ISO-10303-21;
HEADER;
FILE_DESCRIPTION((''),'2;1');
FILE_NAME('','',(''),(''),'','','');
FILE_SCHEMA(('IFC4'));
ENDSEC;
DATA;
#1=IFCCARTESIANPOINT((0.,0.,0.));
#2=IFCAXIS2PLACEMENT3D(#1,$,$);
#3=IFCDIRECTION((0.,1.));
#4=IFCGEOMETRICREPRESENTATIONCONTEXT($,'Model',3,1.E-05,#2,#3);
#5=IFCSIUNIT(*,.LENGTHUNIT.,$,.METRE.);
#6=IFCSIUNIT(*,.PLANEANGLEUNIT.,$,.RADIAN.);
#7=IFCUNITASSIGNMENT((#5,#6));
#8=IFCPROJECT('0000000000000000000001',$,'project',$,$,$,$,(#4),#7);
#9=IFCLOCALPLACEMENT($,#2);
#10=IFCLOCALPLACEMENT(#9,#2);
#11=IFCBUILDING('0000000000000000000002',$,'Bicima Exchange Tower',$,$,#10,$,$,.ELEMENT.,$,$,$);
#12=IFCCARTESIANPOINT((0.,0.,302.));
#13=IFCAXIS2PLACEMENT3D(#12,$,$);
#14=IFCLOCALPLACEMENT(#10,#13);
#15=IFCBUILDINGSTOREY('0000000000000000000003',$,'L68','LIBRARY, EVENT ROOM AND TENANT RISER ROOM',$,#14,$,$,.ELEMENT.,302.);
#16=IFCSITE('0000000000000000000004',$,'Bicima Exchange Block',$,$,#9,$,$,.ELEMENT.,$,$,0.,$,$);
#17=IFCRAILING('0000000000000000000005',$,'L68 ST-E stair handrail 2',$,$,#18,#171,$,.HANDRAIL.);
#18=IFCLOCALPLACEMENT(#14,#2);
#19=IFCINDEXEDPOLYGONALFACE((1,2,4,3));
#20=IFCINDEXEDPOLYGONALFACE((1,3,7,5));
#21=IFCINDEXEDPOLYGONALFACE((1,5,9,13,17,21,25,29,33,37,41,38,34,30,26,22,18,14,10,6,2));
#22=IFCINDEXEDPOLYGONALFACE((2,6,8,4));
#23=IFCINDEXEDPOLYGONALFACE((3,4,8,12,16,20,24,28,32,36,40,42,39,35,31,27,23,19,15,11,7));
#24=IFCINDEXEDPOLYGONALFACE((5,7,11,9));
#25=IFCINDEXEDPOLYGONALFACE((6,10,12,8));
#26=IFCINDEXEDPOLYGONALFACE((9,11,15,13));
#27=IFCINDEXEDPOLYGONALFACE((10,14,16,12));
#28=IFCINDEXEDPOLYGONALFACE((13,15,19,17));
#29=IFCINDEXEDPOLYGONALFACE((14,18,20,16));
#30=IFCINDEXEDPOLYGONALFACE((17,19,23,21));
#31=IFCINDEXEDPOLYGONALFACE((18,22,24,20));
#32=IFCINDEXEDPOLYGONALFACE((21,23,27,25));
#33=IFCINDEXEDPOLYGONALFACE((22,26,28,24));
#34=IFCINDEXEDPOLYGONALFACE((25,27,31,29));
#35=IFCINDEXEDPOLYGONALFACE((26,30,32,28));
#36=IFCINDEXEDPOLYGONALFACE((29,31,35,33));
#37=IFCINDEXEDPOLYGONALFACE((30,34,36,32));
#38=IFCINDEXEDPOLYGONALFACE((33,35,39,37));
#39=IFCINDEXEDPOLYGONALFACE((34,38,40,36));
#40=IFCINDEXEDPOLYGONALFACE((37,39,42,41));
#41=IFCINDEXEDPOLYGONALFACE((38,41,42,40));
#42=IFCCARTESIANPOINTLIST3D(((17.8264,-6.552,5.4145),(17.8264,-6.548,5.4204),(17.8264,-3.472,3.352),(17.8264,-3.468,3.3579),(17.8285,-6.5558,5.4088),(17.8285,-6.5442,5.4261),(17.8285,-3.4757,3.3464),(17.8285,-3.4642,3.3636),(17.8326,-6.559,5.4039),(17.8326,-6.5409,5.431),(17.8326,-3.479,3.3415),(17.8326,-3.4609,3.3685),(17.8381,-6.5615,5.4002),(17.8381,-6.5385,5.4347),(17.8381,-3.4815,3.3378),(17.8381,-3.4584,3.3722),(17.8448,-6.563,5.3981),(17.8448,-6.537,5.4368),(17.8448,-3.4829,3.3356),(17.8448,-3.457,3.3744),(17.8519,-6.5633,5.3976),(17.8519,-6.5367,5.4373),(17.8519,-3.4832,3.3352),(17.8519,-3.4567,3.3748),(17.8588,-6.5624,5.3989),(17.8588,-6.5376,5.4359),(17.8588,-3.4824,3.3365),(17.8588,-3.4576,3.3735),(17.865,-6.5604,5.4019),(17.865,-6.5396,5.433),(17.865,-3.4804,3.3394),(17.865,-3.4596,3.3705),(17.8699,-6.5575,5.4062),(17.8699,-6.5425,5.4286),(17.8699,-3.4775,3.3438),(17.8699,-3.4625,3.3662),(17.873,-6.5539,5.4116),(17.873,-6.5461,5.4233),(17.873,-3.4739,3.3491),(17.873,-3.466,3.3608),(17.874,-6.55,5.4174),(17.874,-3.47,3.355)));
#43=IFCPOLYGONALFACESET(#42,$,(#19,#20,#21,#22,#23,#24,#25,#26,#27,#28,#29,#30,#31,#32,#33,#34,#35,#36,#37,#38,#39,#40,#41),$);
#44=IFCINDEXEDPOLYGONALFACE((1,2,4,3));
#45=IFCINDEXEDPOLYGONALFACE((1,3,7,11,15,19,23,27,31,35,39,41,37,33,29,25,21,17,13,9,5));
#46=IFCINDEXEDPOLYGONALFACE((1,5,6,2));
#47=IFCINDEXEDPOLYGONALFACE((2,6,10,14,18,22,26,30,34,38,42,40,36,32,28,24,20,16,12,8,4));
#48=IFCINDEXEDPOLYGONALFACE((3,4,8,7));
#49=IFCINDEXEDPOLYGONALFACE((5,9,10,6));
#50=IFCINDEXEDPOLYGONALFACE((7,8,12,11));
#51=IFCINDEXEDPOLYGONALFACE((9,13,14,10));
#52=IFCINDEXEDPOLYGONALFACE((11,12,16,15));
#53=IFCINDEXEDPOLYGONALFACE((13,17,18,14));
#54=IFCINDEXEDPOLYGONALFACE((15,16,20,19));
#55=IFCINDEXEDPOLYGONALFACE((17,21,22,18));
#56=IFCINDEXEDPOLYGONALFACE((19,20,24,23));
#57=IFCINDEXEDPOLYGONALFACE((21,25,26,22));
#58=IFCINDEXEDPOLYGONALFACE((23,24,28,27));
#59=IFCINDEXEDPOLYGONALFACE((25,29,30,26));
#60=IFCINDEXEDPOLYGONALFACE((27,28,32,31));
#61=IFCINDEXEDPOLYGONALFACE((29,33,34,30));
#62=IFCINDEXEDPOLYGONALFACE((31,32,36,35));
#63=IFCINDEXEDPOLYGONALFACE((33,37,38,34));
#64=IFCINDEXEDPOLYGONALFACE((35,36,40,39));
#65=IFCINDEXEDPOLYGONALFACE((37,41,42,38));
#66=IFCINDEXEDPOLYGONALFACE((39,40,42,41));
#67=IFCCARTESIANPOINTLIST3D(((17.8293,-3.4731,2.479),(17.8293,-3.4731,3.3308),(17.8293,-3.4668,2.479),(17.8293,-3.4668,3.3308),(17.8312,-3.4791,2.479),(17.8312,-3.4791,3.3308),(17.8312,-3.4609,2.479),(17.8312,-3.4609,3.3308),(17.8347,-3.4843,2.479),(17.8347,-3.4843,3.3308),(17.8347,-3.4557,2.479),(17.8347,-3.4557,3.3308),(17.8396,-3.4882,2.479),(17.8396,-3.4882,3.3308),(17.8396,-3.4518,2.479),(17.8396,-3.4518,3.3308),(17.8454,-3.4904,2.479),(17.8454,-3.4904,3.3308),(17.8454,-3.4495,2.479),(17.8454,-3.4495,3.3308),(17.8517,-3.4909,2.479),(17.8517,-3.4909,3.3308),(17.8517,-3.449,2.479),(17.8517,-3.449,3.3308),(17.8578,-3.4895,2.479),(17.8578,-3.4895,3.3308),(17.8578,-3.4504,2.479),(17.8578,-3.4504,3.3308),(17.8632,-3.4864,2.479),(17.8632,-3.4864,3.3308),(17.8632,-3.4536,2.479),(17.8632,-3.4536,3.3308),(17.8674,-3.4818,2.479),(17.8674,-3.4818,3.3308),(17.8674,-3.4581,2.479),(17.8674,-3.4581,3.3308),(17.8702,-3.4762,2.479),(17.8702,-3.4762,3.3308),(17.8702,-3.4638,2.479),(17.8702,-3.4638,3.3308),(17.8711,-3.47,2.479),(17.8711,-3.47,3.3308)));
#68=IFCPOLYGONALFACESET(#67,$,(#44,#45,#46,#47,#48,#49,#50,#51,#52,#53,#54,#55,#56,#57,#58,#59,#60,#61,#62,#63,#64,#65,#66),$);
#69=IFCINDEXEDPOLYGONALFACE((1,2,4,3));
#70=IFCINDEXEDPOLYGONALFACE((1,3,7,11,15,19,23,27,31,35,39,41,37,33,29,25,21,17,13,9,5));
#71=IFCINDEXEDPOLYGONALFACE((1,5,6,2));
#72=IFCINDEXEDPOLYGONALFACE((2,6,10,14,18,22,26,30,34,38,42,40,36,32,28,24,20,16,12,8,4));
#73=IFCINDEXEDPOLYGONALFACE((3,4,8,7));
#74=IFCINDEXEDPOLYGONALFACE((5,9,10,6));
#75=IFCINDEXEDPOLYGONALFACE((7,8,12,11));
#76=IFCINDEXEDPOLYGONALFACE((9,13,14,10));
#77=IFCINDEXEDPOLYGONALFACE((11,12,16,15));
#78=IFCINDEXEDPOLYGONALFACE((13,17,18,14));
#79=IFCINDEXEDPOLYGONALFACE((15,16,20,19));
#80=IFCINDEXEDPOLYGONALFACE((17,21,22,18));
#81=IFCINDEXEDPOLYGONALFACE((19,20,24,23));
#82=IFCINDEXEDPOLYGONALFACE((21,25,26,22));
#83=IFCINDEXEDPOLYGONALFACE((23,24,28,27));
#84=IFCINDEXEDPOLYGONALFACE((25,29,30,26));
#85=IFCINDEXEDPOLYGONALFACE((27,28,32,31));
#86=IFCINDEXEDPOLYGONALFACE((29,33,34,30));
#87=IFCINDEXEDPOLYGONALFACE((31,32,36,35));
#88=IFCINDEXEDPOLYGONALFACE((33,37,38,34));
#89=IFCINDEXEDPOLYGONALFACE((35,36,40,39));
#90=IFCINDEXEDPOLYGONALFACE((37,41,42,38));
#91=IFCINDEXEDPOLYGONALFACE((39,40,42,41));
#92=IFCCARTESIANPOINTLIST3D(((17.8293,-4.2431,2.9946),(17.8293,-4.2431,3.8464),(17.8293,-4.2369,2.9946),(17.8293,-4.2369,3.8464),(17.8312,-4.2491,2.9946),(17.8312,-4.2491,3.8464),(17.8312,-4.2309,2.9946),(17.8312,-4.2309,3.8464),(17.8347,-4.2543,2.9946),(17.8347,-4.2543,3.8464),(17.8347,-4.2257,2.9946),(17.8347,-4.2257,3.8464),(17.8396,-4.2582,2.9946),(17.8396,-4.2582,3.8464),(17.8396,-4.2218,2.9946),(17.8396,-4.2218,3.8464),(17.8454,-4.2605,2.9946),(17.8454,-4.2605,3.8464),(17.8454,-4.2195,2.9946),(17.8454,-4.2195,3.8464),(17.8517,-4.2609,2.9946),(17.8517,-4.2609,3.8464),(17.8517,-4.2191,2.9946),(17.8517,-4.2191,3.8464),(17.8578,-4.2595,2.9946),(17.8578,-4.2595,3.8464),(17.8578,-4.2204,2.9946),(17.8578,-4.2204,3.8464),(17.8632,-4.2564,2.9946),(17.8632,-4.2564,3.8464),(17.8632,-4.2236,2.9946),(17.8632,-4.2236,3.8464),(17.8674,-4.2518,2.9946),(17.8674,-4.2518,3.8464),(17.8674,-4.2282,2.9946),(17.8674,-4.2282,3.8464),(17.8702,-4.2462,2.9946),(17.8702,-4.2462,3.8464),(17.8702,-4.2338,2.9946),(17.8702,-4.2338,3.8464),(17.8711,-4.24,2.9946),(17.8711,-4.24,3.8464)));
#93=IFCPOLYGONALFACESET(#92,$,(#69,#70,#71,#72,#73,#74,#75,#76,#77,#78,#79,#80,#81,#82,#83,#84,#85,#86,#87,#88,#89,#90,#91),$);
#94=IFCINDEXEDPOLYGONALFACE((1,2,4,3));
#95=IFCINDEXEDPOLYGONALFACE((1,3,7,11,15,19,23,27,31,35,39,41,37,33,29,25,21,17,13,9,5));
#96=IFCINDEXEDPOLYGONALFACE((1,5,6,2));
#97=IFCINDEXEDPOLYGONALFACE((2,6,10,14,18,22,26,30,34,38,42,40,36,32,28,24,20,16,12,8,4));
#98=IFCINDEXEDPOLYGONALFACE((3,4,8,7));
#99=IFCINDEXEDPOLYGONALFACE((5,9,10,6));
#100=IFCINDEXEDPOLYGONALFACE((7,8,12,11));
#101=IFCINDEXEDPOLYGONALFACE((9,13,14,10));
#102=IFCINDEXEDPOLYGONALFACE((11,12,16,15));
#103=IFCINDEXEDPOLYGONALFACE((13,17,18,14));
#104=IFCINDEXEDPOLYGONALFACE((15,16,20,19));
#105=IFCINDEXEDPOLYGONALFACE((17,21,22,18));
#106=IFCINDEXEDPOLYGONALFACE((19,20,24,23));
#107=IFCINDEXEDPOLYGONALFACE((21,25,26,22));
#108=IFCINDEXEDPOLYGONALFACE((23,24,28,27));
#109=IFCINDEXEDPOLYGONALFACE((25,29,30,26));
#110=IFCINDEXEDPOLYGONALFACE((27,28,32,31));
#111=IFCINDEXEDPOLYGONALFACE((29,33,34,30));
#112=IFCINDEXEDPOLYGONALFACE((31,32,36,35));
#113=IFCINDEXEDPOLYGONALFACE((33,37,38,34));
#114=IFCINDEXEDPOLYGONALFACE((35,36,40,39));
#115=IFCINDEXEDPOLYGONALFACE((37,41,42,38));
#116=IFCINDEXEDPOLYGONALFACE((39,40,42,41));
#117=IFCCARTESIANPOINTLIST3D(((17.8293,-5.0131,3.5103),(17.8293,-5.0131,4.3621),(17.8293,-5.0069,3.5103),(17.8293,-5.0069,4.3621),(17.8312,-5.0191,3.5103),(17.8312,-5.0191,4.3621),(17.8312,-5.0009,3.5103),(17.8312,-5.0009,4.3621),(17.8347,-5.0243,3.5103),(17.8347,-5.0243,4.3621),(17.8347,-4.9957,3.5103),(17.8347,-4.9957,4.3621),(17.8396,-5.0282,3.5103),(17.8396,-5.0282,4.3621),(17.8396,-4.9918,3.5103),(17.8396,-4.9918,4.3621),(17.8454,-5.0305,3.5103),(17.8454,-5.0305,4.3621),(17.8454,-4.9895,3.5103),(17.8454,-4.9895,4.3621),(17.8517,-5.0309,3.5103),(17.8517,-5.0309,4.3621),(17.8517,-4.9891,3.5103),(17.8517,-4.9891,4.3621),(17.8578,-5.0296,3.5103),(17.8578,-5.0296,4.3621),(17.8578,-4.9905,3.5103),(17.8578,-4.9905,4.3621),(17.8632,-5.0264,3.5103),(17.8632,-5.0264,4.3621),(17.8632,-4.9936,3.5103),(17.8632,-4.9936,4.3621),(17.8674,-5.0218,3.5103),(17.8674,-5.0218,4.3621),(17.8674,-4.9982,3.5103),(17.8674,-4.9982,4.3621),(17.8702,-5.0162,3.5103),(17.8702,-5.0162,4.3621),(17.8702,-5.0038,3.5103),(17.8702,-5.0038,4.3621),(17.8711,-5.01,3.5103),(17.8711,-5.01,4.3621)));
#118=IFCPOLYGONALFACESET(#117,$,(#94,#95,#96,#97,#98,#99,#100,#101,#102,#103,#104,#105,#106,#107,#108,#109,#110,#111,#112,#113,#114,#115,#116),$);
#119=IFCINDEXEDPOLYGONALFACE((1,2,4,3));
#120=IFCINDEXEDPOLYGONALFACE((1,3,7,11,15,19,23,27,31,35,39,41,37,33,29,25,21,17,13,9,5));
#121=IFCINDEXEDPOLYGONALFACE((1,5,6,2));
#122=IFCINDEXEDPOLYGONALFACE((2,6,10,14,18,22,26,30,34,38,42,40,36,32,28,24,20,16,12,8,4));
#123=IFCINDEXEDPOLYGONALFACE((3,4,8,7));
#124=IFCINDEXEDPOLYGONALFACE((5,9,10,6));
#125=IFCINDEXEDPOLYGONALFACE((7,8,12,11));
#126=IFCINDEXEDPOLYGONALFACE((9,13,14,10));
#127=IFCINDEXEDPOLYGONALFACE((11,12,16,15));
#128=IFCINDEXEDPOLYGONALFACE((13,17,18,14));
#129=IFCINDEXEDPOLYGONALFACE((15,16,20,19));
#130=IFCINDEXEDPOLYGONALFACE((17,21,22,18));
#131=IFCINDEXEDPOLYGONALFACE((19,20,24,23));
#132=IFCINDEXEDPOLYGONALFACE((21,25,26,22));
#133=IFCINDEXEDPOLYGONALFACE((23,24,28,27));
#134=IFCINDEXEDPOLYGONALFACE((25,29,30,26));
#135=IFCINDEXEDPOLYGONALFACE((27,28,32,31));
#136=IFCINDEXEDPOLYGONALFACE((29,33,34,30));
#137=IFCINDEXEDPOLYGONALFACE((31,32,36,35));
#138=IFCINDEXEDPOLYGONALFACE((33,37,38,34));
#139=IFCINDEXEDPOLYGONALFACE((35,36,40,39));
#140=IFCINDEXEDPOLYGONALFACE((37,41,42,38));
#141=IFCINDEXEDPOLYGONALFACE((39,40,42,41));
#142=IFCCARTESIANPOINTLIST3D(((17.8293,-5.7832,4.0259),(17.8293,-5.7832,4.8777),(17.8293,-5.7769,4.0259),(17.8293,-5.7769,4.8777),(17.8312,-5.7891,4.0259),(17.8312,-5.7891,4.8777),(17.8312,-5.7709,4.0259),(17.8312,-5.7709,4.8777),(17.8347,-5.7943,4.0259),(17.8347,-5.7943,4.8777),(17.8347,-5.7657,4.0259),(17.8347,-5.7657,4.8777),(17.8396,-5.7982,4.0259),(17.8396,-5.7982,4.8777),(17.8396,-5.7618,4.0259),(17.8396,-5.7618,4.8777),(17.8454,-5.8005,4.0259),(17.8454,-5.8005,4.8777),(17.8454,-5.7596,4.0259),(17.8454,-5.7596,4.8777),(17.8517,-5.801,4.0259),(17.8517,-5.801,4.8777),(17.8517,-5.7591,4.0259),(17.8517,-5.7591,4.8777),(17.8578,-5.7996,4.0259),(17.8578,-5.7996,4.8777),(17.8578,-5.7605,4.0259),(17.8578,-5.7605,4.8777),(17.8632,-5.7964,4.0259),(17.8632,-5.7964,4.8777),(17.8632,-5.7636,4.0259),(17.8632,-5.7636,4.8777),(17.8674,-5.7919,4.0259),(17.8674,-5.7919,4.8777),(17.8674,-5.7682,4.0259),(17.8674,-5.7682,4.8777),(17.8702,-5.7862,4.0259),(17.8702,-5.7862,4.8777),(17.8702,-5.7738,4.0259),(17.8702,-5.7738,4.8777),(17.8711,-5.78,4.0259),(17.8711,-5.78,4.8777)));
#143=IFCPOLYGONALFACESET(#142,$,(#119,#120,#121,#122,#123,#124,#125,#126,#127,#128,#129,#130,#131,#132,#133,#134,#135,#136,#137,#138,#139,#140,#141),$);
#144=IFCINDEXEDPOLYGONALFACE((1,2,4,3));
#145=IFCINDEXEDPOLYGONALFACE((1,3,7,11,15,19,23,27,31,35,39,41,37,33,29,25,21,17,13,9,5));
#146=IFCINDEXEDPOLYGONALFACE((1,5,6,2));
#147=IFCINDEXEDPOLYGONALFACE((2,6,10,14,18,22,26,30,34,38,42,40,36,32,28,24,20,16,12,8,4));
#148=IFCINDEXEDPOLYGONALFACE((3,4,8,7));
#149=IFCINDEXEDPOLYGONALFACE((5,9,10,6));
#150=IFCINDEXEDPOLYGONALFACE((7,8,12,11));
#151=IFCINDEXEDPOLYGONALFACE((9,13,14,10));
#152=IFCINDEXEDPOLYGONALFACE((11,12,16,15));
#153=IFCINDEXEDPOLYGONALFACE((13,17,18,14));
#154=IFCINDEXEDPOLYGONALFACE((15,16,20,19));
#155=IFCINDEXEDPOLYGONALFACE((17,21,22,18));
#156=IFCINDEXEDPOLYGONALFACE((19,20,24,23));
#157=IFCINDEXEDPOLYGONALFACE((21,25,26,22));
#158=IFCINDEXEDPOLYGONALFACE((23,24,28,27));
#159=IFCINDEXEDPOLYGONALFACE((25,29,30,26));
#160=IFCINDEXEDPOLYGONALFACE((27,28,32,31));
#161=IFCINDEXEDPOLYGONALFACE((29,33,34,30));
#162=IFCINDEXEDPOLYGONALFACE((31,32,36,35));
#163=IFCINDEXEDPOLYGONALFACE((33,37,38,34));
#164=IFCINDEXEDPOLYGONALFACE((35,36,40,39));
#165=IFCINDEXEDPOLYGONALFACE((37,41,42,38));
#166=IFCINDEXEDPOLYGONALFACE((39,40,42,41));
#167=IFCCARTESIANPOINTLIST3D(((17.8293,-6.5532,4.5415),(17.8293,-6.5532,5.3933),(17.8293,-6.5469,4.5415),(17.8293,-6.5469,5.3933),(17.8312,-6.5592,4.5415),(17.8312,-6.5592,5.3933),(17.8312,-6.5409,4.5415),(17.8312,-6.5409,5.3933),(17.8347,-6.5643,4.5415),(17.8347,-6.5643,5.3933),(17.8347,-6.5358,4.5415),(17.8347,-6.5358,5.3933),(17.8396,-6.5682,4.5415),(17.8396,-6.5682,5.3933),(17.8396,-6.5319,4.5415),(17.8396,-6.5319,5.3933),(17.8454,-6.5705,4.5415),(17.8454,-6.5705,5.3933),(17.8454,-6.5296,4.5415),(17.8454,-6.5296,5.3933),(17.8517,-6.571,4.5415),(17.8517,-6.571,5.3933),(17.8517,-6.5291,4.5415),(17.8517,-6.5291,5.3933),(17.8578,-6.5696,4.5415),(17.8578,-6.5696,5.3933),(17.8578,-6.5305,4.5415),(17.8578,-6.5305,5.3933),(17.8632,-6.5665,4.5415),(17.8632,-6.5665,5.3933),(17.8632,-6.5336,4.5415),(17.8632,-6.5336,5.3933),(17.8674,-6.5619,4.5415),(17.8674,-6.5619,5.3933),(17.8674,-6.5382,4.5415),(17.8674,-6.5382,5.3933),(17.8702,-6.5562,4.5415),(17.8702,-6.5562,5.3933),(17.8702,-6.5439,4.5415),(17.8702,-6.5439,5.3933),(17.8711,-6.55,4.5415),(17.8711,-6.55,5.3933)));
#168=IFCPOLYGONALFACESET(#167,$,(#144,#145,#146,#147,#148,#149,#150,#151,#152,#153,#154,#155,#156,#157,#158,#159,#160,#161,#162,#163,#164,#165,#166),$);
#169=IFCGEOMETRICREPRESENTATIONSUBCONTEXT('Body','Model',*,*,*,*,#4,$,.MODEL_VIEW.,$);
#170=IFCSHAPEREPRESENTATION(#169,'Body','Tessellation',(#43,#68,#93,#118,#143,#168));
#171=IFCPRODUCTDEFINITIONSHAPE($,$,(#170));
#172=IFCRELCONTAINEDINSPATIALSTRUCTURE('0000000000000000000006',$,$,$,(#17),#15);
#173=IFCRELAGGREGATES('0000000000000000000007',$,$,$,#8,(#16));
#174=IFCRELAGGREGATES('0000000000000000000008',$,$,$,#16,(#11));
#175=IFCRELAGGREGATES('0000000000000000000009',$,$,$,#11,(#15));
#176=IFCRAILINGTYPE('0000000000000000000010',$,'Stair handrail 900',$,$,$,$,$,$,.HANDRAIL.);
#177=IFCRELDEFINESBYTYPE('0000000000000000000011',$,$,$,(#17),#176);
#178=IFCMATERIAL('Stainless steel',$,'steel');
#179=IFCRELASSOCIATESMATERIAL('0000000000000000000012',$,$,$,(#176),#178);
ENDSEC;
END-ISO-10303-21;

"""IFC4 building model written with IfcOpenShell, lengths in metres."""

from ifc_helpers import new_model, si_unit, direction, frame, origin, origin_2d, place, context, subcontext, project, spatial, circle, extrude, material, type_object, element, save


model = new_model("IFC4")

# Units and contexts
model_context = context("Model", 3, precision=1e-05, world=origin(), true_north=direction((0.0, 1.0)))
body_context = subcontext(model_context, "Body", "Model", "MODEL_VIEW")
ifc_project = project(units=[si_unit("LENGTHUNIT", "METRE"), si_unit("PLANEANGLEUNIT", "RADIAN")], contexts=[model_context])

# Site, building, storey
site_placement = place(None, origin())
site = spatial("IfcSite", under=ifc_project, at=site_placement, Name="Bicima Exchange Block", CompositionType="ELEMENT", RefElevation=0.0)
building_placement = place(site_placement, origin())
building = spatial("IfcBuilding", under=site, at=building_placement, Name="Bicima Exchange Tower", CompositionType="ELEMENT")
storey_placement = place(building_placement, frame((0.0, 0.0, 302.0)))
storey = spatial("IfcBuildingStorey", under=building, at=storey_placement, Name="L68", Description="LIBRARY, EVENT ROOM AND TENANT RISER ROOM", CompositionType="ELEMENT", Elevation=302.0)

# Railing
ifc_material_1 = material(Name="Stainless steel", Category="steel")
railing_type_1 = type_object("IfcRailingType", Name="Stair handrail 900", PredefinedType="HANDRAIL", material=ifc_material_1)
for number, where, name in (
    (1, (17.8501, -3.47, 2.479), "L68 ST-E stair handrail 2"),
):
    element("IfcRailing", number, at=place(storey_placement, frame(where)), inside=storey, type_object=railing_type_1, Name=name, PredefinedType="HANDRAIL", context=body_context, shape_type="SweptSolid", body=[
        extrude(circle(Radius=0.0239, at=origin_2d()), frame((0.0, 0.0, 0.876), z_axis=(0.0, -0.830914, 0.556401), x_axis=(1.0, 0.0, 0.0)), (0.0, 0.0, 1.0), 3.7068),
        extrude(circle(Radius=0.021, at=origin_2d()), origin(), (0.0, 0.0, 1.0), 0.8518),
        extrude(circle(Radius=0.021, at=origin_2d()), frame((0.0, -0.77, 0.5156)), (0.0, 0.0, 1.0), 0.8518),
        extrude(circle(Radius=0.021, at=origin_2d()), frame((0.0, -1.54, 1.0312)), (0.0, 0.0, 1.0), 0.8518),
        extrude(circle(Radius=0.021, at=origin_2d()), frame((0.0, -2.3101, 1.5469)), (0.0, 0.0, 1.0), 0.8518),
        extrude(circle(Radius=0.021, at=origin_2d()), frame((0.0, -3.0801, 2.0625)), (0.0, 0.0, 1.0), 0.8518),
    ])

save(model, "model.ifc")
